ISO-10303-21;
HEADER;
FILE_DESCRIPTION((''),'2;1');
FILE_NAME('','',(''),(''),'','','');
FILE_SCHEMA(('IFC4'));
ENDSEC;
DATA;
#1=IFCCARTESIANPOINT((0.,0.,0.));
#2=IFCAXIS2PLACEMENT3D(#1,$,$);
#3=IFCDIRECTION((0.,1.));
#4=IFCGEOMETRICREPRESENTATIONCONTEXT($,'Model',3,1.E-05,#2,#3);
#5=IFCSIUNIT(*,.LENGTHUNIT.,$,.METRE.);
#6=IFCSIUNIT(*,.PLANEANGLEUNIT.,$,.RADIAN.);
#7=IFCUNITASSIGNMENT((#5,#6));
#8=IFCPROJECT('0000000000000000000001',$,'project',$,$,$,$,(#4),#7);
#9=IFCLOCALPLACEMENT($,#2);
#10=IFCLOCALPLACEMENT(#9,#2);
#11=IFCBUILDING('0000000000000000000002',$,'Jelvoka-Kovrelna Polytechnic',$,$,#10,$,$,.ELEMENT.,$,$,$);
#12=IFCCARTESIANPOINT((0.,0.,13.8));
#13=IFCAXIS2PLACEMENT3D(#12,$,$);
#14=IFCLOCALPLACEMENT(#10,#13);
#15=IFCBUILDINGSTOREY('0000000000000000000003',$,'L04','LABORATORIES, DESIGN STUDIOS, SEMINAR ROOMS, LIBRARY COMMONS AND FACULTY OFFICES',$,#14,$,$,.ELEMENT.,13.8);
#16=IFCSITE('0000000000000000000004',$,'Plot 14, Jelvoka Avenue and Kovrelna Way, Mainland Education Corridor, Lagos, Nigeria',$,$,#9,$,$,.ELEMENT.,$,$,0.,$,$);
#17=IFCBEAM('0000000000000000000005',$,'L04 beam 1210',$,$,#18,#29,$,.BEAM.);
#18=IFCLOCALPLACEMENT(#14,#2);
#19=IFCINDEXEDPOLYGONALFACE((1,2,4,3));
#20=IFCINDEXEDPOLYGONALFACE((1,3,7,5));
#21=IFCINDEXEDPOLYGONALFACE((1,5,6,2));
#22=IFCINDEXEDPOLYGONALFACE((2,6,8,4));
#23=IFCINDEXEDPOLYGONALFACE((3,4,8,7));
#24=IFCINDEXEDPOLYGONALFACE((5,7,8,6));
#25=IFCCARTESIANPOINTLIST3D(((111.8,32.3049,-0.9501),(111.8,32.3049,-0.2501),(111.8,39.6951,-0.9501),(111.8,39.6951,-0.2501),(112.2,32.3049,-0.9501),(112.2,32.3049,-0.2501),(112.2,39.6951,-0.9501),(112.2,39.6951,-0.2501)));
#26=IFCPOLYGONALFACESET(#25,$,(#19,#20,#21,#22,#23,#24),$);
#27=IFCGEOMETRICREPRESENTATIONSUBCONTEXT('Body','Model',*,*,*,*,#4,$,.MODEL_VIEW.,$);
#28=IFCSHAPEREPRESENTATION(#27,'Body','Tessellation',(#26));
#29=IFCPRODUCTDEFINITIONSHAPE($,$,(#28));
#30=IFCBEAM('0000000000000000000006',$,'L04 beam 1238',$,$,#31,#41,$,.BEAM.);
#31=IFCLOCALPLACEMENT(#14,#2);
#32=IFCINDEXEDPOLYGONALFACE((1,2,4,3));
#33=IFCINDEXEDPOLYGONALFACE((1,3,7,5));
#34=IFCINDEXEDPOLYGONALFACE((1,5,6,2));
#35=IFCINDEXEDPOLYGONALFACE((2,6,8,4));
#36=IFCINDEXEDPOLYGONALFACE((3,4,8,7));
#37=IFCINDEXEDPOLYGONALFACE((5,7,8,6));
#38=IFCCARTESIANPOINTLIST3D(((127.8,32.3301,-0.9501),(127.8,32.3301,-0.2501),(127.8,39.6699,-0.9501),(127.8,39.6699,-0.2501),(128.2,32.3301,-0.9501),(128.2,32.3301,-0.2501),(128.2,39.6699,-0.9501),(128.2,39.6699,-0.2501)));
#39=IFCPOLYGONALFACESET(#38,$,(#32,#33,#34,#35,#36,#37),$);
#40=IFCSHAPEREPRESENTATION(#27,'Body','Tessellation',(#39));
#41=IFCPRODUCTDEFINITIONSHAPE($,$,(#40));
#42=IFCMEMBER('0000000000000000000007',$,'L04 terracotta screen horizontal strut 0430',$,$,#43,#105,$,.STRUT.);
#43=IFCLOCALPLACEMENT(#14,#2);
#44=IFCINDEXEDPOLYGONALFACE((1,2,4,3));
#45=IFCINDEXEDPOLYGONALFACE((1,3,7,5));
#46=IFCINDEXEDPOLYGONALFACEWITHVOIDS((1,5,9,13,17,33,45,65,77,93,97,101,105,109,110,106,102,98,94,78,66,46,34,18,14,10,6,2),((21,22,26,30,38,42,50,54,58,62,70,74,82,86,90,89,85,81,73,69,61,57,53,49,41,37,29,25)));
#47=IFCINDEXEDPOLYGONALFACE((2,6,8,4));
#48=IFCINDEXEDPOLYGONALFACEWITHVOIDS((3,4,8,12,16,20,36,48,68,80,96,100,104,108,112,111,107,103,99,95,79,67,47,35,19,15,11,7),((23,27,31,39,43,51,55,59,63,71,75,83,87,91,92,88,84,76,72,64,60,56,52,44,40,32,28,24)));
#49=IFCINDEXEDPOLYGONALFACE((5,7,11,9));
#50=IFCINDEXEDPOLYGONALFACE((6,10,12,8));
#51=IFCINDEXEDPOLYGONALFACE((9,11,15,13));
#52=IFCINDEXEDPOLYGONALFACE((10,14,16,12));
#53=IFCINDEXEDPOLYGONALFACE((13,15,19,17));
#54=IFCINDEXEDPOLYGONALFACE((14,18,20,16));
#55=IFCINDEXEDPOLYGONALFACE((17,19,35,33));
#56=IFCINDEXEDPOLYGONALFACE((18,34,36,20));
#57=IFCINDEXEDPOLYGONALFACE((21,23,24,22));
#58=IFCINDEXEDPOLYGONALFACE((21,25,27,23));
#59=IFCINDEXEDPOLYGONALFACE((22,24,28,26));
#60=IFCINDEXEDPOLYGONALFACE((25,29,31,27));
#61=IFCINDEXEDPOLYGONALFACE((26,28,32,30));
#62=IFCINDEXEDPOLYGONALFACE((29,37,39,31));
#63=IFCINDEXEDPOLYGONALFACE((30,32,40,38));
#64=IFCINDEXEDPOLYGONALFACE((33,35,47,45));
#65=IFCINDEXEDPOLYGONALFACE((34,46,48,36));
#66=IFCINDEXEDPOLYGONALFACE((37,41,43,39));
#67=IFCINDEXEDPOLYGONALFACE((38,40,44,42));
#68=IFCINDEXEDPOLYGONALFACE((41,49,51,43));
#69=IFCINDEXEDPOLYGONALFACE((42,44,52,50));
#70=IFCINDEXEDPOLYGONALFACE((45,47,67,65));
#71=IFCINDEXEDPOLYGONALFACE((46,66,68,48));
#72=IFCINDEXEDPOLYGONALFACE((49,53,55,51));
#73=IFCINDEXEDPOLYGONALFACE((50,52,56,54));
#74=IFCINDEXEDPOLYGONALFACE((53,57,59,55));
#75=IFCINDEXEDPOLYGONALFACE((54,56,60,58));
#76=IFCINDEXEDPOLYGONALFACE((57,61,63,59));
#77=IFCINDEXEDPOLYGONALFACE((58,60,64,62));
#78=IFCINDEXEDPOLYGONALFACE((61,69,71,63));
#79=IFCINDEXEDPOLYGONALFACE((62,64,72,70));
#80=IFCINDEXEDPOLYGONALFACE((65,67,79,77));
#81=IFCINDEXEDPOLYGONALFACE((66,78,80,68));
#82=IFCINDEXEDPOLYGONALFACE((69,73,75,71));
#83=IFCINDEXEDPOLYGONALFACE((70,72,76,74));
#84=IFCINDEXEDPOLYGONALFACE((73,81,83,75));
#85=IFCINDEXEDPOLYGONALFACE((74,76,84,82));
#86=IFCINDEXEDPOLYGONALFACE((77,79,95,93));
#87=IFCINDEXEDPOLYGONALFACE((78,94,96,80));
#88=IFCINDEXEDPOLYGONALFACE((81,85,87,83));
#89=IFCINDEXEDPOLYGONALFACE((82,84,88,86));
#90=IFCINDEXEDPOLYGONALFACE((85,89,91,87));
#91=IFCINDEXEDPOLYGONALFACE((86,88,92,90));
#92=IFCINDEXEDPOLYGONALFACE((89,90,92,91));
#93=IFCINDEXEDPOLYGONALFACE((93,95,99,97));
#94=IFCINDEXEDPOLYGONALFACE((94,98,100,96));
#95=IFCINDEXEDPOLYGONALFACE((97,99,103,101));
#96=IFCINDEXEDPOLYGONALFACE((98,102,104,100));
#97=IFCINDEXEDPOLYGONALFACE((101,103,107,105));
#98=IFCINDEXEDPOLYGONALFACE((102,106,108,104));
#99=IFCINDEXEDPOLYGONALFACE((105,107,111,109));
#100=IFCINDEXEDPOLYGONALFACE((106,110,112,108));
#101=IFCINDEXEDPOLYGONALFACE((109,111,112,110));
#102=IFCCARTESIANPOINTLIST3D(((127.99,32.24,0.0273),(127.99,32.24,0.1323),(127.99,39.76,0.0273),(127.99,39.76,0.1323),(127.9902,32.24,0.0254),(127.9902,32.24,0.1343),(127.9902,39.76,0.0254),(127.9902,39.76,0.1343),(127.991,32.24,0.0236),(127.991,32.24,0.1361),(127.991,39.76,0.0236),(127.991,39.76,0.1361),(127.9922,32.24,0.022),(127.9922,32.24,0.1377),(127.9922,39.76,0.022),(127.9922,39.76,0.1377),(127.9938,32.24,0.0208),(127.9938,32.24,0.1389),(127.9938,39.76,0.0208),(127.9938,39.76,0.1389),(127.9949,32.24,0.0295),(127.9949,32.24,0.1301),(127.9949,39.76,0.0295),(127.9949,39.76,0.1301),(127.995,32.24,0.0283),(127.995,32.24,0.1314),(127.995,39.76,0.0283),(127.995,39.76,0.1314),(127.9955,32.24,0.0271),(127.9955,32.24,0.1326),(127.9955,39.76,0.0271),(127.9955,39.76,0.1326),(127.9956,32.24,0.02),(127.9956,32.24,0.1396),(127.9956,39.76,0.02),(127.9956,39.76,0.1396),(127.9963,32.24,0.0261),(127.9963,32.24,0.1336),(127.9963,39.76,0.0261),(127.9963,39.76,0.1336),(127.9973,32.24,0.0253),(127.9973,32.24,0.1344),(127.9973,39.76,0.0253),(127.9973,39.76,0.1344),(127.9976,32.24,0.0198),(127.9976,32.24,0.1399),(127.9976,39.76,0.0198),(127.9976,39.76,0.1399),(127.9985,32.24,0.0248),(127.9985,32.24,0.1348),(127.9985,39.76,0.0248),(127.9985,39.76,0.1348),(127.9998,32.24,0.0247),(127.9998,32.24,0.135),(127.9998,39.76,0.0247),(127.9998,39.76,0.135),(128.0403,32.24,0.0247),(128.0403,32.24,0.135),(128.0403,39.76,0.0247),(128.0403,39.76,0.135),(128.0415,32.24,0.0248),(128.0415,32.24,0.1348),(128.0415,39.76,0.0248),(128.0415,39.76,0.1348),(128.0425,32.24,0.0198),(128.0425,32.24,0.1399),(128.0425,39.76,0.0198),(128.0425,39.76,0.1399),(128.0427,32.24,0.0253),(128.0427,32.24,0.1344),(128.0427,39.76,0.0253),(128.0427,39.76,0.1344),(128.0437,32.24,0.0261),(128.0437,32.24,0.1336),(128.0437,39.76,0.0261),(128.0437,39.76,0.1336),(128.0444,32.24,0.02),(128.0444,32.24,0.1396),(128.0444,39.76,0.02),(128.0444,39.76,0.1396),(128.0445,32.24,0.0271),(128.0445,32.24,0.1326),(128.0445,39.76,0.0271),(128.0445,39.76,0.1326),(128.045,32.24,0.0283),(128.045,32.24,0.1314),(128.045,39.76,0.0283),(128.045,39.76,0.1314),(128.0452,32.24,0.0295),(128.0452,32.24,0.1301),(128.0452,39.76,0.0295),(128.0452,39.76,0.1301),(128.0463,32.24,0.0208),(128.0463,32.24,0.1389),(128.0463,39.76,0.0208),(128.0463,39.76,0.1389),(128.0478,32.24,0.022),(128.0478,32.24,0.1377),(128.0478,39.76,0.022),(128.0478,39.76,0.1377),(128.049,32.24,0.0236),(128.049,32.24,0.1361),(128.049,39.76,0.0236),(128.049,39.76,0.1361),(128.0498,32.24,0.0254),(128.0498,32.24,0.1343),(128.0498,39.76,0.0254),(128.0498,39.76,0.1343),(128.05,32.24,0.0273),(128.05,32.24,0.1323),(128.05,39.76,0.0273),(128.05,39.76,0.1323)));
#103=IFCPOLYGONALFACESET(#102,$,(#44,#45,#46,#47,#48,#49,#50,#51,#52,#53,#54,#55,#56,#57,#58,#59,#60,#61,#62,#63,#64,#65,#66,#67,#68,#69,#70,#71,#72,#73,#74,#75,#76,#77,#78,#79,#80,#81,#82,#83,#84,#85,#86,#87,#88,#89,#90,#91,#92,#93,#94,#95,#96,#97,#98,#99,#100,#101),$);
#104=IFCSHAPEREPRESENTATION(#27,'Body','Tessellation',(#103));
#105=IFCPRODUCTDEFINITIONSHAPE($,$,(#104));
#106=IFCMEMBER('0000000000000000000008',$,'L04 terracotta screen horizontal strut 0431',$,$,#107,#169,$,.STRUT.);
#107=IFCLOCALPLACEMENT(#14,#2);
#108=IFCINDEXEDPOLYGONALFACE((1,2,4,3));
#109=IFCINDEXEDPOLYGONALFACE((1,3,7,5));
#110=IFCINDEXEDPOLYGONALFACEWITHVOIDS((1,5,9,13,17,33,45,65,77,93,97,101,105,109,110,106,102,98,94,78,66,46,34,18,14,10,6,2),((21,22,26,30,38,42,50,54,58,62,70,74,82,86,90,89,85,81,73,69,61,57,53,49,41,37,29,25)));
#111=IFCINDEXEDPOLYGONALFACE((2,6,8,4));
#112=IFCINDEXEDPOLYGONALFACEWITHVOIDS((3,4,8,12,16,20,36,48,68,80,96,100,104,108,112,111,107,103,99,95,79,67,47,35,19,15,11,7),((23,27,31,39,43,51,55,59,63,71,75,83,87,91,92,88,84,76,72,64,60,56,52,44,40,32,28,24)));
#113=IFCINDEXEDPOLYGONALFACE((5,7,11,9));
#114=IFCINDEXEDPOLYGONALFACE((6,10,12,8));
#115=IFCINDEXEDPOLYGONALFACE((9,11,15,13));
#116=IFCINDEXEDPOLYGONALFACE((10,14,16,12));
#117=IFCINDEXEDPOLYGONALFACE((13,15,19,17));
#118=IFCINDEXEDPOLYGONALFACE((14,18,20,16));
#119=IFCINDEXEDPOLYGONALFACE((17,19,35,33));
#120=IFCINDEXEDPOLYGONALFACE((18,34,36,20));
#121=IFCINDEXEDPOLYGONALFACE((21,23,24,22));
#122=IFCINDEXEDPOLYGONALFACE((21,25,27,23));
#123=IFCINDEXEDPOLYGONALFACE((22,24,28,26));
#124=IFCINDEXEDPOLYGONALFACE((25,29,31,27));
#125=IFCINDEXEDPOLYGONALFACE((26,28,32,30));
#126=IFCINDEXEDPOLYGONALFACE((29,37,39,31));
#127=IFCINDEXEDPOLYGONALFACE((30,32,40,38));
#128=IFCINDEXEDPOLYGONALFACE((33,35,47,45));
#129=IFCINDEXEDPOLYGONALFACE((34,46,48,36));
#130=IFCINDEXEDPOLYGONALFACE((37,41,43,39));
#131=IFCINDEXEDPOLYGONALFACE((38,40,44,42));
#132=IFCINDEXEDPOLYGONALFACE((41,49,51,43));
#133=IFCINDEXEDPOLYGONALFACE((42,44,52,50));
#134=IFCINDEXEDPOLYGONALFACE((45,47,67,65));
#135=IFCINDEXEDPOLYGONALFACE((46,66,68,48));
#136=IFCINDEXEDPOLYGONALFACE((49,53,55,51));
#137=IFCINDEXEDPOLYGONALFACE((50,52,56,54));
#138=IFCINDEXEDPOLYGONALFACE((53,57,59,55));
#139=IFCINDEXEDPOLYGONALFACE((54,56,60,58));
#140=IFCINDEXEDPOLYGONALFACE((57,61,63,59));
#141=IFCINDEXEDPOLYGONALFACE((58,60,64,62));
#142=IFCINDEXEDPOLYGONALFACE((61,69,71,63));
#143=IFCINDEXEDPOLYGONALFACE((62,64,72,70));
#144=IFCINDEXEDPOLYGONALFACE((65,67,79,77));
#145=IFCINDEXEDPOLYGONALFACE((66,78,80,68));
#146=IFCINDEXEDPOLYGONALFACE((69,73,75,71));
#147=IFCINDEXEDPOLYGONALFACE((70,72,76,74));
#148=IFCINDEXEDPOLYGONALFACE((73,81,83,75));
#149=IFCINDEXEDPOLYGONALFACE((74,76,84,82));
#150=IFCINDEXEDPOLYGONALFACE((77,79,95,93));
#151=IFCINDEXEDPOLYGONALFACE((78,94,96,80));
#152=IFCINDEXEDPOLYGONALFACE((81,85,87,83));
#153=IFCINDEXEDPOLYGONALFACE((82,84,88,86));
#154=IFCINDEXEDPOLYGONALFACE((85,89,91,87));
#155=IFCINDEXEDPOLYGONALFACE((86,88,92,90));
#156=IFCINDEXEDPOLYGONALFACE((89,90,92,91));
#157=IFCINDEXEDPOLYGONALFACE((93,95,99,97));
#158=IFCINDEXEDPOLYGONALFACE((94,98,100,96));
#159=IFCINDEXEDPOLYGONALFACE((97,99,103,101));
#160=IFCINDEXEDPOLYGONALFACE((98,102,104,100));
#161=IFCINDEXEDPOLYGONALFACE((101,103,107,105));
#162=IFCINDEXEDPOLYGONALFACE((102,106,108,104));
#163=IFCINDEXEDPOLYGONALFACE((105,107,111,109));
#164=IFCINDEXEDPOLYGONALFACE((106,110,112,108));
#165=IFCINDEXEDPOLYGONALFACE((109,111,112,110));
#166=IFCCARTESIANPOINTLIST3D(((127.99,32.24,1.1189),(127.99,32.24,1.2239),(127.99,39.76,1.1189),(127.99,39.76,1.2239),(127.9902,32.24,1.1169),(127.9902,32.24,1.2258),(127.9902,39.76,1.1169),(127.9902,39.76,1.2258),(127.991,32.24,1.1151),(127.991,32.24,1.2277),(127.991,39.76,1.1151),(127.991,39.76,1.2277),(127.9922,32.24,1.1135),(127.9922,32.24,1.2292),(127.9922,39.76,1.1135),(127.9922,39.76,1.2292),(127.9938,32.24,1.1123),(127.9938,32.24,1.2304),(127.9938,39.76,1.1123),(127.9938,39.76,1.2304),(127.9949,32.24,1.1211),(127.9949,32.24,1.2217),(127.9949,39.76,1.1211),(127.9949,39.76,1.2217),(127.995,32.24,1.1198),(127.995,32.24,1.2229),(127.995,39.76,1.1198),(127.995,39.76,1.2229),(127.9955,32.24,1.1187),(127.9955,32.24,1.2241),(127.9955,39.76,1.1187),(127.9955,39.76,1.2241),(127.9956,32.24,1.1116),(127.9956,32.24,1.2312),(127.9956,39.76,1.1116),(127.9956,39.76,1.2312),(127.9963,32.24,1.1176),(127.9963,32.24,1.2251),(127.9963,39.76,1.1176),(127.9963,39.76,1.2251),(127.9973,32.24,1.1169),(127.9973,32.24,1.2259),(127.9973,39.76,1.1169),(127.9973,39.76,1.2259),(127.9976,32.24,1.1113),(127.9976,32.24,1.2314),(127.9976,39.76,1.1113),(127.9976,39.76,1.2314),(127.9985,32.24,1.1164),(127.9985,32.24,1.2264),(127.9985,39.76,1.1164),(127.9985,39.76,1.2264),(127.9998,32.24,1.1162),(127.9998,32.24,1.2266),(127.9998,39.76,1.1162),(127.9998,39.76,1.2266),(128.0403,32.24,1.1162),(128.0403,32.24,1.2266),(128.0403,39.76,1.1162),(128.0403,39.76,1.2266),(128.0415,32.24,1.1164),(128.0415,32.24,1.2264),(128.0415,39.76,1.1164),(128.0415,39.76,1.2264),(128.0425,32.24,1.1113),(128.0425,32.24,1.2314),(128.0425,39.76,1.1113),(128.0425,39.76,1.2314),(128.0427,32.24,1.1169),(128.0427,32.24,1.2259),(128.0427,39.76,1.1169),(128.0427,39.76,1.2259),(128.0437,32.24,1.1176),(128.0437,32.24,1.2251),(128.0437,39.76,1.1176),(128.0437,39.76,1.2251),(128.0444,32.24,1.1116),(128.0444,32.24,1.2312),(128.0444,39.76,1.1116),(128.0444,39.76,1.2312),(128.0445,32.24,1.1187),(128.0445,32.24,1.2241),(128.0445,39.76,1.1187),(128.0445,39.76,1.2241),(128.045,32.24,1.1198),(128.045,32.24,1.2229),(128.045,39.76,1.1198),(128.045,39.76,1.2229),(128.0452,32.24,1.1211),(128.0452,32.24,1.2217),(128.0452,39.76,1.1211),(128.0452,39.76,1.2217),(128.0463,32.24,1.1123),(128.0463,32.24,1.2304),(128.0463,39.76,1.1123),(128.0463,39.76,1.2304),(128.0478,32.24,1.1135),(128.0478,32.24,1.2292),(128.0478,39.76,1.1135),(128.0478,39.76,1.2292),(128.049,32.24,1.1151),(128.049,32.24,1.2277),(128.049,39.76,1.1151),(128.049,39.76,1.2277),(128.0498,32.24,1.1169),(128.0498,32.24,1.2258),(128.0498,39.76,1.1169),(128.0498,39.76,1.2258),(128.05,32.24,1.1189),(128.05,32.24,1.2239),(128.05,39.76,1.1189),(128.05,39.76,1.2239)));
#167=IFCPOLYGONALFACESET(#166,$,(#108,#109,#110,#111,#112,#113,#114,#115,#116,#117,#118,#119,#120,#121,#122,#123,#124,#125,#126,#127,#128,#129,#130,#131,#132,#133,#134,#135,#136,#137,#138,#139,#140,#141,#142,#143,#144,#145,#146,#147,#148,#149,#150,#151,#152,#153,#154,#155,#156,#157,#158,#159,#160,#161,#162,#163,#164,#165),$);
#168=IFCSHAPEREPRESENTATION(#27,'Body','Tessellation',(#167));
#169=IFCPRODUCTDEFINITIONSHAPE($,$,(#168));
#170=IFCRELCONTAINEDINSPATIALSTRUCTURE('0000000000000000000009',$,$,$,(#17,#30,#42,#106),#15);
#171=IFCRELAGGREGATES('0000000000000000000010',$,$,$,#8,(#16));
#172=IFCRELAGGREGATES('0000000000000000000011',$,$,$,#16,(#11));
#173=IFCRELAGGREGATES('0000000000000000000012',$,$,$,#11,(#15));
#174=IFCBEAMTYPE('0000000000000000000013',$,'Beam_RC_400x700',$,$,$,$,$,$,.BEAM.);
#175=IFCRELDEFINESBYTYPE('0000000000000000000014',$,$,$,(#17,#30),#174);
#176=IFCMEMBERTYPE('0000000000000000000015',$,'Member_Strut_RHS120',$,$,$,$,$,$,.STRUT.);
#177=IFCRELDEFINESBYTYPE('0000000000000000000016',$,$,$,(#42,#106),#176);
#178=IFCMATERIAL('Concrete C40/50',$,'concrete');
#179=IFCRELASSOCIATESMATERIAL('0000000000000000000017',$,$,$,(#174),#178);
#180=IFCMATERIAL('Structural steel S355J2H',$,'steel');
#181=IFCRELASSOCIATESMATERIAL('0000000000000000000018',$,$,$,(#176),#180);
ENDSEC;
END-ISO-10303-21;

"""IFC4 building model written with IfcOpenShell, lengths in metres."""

from ifc_helpers import new_model, si_unit, direction, frame, origin, origin_2d, place, context, subcontext, project, spatial, rectangle, hollow_rectangle, extrude, material, material_profile, profile_set, type_object, element, save


model = new_model("IFC4")

# Units and contexts
model_context = context("Model", 3, precision=1e-05, world=origin(), true_north=direction((0.0, 1.0)))
body_context = subcontext(model_context, "Body", "Model", "MODEL_VIEW")
ifc_project = project(units=[si_unit("LENGTHUNIT", "METRE"), si_unit("PLANEANGLEUNIT", "RADIAN")], contexts=[model_context])

# Site, building, storey
site_placement = place(None, origin())
site = spatial("IfcSite", under=ifc_project, at=site_placement, Name="Plot 14, Jelvoka Avenue and Kovrelna Way, Mainland Education Corridor, Lagos, Nigeria", CompositionType="ELEMENT", RefElevation=0.0)
building_placement = place(site_placement, origin())
building = spatial("IfcBuilding", under=site, at=building_placement, Name="Jelvoka-Kovrelna Polytechnic", CompositionType="ELEMENT")
storey_placement = place(building_placement, frame((0.0, 0.0, 13.8)))
storey = spatial("IfcBuildingStorey", under=building, at=storey_placement, Name="L04", Description="LABORATORIES, DESIGN STUDIOS, SEMINAR ROOMS, LIBRARY COMMONS AND FACULTY OFFICES", CompositionType="ELEMENT", Elevation=13.8)

# Beams
ifc_material_1 = material(Name="Concrete C40/50", Category="concrete")
ifc_material_profile_1 = material_profile(ifc_material_1, rectangle(XDim=0.3999, YDim=0.7, at=origin_2d()), Name="RC 400x700")
ifc_profile_set_1 = profile_set([ifc_material_profile_1], Name="Concrete C40/50")
beam_type = type_object("IfcBeamType", Name="Beam_RC_400x700", PredefinedType="BEAM", material=ifc_profile_set_1)
beam_1_placement = place(storey_placement, frame((112.0, 32.3049, -0.6001), z_axis=(0.0, 1.0, 0.0), x_axis=(-1.0, 0.0, 0.0)))
element("IfcBeam", 1, at=beam_1_placement, inside=storey, type_object=beam_type, Name="L04 beam 1210", PredefinedType="BEAM", context=body_context, shape_type="SweptSolid", body=[
    extrude(rectangle(XDim=0.3999, YDim=0.7, at=origin_2d()), origin(), (0.0, 0.0, 1.0), 7.3901),
])
beam_2_placement = place(storey_placement, frame((128.0, 32.3301, -0.6001), z_axis=(0.0, 1.0, 0.0), x_axis=(-1.0, 0.0, 0.0)))
element("IfcBeam", 2, at=beam_2_placement, inside=storey, type_object=beam_type, Name="L04 beam 1238", PredefinedType="BEAM", context=body_context, shape_type="SweptSolid", body=[
    extrude(rectangle(XDim=0.3999, YDim=0.7, at=origin_2d()), origin(), (0.0, 0.0, 1.0), 7.3398),
])

# Members
ifc_material_2 = material(Name="Structural steel S355J2H", Category="steel")
ifc_material_profile_2 = material_profile(ifc_material_2, hollow_rectangle(XDim=0.0601, YDim=0.1201, WallThickness=0.0049, InnerFilletRadius=0.0049, OuterFilletRadius=0.0076, at=origin_2d()), Name="120x60x5.0 RHS")
ifc_profile_set_2 = profile_set([ifc_material_profile_2], Name="Structural steel S355J2H")
member_type_1 = type_object("IfcMemberType", Name="Member_Strut_RHS120", PredefinedType="STRUT", material=ifc_profile_set_2)
for number, where, z_axis, x_axis, name in (
    (3, (128.02, 32.24, 0.0798), (0.0, 1.0, 0.0), (-1.0, 0.0, 0.0), "L04 terracotta screen horizontal strut 0430"),
    (4, (128.02, 32.24, 1.1714), (0.0, 1.0, 0.0), (-1.0, 0.0, 0.0), "L04 terracotta screen horizontal strut 0431"),
):
    element("IfcMember", number, at=place(storey_placement, frame(where, z_axis=z_axis, x_axis=x_axis)), inside=storey, type_object=member_type_1, Name=name, PredefinedType="STRUT", context=body_context, shape_type="SweptSolid", body=[
        extrude(hollow_rectangle(XDim=0.0601, YDim=0.1201, WallThickness=0.0049, InnerFilletRadius=0.0049, OuterFilletRadius=0.0076, at=origin_2d()), origin(), (0.0, 0.0, 1.0), 7.52),
    ])

save(model, "model.ifc")
